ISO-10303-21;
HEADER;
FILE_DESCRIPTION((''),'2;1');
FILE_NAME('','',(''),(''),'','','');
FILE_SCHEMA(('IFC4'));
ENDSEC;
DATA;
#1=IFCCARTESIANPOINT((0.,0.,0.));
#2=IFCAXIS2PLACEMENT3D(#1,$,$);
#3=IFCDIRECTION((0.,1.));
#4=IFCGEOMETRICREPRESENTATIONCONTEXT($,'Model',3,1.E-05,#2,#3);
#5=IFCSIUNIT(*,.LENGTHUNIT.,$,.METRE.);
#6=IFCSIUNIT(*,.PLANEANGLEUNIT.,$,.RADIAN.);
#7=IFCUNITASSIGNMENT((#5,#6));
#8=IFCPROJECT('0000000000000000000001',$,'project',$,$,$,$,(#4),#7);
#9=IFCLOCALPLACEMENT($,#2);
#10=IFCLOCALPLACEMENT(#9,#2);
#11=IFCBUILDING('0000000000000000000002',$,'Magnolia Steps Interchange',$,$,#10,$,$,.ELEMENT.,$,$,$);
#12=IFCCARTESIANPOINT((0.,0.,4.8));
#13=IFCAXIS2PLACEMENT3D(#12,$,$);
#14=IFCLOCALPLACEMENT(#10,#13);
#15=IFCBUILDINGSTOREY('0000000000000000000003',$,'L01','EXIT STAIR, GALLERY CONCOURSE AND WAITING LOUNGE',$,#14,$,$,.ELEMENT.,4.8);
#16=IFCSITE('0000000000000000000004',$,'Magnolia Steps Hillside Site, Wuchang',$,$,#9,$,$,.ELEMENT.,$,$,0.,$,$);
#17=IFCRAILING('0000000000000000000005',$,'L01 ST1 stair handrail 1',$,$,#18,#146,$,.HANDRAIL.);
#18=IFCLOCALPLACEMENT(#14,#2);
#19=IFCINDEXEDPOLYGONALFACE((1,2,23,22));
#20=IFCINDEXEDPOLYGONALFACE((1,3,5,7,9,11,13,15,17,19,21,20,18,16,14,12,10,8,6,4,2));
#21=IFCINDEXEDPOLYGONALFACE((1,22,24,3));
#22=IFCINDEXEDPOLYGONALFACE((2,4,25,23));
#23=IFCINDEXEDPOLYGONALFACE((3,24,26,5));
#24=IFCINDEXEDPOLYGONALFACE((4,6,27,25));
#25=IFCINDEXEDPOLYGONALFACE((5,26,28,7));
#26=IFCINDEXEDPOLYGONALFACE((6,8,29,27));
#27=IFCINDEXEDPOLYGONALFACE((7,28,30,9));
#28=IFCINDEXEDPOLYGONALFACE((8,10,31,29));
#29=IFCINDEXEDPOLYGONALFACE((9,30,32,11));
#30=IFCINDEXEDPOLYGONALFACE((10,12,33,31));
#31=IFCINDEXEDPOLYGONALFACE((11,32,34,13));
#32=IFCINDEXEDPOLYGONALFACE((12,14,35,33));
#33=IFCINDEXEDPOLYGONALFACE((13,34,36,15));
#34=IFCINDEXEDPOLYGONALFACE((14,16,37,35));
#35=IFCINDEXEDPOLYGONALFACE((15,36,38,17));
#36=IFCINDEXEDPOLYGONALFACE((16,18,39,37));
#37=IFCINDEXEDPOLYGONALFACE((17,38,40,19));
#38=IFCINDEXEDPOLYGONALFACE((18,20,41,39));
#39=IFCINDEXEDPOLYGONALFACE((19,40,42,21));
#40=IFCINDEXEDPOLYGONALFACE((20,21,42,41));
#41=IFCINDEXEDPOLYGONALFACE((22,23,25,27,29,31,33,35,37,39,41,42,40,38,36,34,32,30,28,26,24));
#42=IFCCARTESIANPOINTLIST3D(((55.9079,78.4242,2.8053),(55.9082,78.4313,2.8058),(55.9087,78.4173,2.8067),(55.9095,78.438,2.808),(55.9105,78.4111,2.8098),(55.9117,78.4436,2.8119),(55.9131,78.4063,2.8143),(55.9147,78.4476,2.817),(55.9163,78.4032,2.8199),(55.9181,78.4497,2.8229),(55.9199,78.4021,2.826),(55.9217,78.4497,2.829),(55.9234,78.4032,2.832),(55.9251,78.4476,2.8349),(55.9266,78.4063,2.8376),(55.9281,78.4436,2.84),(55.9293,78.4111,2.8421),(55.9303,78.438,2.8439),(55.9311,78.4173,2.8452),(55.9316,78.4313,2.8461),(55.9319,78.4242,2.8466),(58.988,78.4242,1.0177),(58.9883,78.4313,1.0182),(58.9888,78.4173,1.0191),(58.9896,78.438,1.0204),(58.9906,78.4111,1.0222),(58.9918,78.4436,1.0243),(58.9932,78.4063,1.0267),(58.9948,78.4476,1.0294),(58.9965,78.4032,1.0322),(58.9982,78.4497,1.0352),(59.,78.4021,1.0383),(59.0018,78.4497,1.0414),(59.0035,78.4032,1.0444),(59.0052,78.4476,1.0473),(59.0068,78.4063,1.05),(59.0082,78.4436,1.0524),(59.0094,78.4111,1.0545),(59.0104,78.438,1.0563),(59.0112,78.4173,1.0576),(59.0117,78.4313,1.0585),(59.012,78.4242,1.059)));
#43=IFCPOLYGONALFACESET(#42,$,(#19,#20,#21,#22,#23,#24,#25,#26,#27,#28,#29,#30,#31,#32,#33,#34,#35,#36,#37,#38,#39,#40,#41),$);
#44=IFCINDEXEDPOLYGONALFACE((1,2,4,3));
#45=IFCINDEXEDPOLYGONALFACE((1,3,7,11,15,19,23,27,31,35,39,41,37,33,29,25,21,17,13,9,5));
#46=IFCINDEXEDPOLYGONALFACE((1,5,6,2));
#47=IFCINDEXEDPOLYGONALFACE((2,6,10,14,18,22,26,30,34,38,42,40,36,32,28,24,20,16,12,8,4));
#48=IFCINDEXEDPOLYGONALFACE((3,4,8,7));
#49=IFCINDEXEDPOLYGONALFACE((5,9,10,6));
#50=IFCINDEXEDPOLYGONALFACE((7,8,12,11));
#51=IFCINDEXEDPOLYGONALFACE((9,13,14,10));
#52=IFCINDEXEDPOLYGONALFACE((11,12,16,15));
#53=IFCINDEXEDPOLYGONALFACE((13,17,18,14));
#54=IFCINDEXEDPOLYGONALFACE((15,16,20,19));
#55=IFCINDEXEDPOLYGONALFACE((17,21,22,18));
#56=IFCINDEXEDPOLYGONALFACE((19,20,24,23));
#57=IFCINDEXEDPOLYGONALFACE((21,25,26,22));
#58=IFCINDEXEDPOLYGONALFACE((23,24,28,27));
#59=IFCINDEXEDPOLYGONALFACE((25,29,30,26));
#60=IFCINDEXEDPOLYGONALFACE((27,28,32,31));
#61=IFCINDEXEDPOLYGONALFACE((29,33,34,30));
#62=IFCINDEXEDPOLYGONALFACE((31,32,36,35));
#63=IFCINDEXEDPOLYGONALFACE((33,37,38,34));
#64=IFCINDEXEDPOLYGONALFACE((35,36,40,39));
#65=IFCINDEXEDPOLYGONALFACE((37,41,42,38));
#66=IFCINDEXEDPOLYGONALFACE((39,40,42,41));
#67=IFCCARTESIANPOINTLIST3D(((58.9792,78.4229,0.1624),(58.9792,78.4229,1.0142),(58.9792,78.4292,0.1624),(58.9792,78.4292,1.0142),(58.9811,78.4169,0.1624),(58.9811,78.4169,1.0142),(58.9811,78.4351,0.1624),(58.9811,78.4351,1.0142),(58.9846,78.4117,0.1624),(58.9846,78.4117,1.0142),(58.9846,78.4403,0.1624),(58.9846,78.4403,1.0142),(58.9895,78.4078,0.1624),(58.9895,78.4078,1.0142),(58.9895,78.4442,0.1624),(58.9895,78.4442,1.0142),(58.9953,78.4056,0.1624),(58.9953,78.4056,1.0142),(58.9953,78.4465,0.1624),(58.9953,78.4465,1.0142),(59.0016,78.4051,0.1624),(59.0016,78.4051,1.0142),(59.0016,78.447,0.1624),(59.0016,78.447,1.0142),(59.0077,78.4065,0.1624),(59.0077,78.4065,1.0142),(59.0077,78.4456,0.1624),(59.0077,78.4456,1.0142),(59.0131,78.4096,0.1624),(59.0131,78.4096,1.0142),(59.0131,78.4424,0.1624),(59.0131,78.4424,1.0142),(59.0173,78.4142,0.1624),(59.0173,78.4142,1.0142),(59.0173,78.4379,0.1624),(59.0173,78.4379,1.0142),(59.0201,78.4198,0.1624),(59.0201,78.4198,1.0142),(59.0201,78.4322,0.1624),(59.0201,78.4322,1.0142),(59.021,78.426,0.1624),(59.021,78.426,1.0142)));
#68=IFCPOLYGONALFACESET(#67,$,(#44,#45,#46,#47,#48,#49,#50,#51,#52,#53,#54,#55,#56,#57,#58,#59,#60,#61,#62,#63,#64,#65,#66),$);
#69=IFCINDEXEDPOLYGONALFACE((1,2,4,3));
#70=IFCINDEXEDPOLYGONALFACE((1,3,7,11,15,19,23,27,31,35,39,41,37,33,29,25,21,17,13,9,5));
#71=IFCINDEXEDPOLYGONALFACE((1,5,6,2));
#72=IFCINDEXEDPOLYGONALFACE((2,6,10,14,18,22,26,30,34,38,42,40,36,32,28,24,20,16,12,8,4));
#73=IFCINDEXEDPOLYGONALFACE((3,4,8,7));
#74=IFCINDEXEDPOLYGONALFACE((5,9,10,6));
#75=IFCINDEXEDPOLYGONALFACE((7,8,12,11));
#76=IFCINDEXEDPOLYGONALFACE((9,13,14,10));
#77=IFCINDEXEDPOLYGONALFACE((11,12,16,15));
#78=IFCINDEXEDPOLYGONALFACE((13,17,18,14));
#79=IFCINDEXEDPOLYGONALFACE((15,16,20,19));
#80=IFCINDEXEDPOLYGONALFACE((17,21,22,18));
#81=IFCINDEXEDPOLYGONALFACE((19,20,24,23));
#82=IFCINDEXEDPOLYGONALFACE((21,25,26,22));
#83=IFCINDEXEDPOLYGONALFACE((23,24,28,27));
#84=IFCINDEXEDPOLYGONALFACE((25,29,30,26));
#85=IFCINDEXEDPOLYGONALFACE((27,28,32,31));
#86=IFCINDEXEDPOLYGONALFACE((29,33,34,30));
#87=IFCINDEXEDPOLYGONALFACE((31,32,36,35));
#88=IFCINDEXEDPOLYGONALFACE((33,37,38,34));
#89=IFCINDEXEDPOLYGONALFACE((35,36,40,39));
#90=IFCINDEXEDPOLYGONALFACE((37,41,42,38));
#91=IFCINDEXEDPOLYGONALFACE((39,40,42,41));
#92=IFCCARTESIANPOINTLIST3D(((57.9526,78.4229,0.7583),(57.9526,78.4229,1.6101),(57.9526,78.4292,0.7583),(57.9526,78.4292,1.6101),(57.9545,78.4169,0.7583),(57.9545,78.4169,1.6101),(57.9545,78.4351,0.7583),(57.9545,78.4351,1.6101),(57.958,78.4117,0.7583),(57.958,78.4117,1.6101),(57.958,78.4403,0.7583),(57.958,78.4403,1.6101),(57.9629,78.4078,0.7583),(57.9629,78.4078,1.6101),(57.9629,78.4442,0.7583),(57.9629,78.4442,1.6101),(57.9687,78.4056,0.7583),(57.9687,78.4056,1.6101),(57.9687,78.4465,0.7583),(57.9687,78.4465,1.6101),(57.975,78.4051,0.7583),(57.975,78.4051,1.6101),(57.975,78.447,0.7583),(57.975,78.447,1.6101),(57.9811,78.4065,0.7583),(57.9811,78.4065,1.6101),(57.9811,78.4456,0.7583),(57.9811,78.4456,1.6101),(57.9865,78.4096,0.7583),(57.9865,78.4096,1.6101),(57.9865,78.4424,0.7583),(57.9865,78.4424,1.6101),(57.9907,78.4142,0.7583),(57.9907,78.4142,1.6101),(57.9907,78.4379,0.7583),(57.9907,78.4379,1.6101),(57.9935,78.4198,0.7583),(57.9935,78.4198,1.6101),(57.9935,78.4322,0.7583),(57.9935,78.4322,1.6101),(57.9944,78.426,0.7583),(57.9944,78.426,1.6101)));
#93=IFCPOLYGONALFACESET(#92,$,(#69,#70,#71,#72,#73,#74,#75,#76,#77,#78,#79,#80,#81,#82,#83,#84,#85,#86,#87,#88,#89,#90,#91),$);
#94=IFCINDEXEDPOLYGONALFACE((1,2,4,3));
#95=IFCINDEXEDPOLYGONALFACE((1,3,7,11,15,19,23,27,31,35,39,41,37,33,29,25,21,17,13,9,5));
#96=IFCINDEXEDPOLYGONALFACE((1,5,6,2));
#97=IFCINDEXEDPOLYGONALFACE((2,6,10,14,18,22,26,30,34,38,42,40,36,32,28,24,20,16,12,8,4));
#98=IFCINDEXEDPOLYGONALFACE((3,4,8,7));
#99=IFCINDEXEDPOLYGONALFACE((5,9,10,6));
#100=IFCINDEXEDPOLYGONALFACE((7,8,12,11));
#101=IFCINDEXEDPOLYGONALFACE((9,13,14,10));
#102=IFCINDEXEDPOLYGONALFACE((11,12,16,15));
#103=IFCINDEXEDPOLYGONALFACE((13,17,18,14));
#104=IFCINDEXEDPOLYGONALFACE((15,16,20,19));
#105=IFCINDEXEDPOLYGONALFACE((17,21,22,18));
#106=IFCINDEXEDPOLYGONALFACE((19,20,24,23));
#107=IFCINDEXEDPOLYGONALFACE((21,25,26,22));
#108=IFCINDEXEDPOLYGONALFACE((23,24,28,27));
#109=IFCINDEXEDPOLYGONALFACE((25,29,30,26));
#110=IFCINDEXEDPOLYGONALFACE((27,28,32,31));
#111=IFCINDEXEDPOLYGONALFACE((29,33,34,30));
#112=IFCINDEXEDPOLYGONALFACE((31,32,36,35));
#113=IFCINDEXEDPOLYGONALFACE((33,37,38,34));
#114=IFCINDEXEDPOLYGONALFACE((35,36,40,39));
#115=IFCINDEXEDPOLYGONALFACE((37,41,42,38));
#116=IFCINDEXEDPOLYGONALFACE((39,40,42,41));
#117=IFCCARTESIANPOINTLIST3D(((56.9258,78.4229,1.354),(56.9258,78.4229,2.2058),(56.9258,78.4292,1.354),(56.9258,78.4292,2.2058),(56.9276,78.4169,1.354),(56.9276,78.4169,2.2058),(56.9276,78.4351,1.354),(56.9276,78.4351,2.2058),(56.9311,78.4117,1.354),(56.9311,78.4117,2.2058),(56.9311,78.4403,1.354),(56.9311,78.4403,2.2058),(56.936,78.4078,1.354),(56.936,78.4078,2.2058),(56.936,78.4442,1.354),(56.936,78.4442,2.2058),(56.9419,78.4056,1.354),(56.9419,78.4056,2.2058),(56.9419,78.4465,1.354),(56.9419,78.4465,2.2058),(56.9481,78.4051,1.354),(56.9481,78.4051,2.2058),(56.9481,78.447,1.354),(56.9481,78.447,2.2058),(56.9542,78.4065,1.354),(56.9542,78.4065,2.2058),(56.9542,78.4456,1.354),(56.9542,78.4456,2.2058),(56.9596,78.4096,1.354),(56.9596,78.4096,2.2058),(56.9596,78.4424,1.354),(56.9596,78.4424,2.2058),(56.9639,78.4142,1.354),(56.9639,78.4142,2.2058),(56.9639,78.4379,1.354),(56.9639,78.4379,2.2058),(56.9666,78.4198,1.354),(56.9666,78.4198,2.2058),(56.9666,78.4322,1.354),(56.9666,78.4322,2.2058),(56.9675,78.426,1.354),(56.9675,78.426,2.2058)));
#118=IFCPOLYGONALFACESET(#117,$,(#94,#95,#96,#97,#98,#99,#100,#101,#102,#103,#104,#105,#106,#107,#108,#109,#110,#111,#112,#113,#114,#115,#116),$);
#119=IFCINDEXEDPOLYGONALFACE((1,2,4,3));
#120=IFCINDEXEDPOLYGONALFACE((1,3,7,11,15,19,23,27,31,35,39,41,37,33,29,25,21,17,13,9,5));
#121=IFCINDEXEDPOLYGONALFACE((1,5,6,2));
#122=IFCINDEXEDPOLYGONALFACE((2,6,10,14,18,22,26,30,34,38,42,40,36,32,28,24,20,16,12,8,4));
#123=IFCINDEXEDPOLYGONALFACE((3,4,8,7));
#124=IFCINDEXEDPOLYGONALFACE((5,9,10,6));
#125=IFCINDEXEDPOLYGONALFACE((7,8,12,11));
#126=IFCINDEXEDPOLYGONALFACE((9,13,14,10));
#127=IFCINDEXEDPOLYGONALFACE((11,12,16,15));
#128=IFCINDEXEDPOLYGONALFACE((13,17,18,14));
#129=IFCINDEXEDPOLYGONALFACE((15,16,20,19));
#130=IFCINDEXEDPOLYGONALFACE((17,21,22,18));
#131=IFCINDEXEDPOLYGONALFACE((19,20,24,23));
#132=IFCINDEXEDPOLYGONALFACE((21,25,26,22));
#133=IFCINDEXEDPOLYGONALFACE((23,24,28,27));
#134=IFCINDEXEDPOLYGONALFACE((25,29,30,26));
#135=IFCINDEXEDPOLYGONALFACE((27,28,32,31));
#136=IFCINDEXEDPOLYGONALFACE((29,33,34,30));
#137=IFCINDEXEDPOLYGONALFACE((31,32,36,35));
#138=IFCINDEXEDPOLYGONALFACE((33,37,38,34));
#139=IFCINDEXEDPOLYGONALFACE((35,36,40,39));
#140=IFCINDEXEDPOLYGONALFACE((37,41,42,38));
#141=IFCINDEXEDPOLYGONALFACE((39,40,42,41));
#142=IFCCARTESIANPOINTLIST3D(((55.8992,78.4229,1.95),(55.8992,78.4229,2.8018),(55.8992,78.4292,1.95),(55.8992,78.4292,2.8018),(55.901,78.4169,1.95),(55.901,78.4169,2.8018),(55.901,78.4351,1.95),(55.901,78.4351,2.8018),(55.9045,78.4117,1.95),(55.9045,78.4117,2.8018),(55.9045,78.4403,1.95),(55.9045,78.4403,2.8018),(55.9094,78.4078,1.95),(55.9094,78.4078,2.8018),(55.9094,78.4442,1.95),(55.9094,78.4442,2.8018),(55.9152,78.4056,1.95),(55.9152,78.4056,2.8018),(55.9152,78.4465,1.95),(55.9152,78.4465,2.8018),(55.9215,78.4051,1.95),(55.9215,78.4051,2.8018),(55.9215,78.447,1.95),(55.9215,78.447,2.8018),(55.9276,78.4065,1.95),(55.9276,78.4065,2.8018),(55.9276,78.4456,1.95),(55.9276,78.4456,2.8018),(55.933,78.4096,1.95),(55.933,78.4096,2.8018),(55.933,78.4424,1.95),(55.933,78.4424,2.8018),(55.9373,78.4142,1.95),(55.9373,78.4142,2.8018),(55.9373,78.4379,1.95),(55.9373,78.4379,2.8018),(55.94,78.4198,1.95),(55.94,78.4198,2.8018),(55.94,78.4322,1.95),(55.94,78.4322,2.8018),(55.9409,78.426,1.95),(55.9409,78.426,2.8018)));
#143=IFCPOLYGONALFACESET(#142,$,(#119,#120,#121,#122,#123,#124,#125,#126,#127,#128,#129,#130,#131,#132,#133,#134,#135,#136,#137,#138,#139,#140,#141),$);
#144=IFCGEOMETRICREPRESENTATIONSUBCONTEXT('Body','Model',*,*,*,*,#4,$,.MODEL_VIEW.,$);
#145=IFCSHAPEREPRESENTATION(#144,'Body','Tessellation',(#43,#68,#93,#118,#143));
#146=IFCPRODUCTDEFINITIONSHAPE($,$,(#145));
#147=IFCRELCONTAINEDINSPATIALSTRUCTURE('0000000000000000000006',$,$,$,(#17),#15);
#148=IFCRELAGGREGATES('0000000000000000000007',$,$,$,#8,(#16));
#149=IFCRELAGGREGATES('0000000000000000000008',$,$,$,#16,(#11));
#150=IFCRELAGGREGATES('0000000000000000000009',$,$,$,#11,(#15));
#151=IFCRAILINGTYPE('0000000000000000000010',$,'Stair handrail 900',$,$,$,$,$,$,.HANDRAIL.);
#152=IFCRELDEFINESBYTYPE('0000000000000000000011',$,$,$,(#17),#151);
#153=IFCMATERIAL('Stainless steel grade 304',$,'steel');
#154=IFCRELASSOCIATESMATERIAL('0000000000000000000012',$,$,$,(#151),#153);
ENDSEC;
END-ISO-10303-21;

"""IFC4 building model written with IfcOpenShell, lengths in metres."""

from ifc_helpers import new_model, si_unit, direction, frame, origin, origin_2d, place, context, subcontext, project, spatial, circle, extrude, material, type_object, element, save


model = new_model("IFC4")

# Units and contexts
model_context = context("Model", 3, precision=1e-05, world=origin(), true_north=direction((0.0, 1.0)))
body_context = subcontext(model_context, "Body", "Model", "MODEL_VIEW")
ifc_project = project(units=[si_unit("LENGTHUNIT", "METRE"), si_unit("PLANEANGLEUNIT", "RADIAN")], contexts=[model_context])

# Site, building, storey
site_placement = place(None, origin())
site = spatial("IfcSite", under=ifc_project, at=site_placement, Name="Magnolia Steps Hillside Site, Wuchang", CompositionType="ELEMENT", RefElevation=0.0)
building_placement = place(site_placement, origin())
building = spatial("IfcBuilding", under=site, at=building_placement, Name="Magnolia Steps Interchange", CompositionType="ELEMENT")
storey_placement = place(building_placement, frame((0.0, 0.0, 4.8)))
storey = spatial("IfcBuildingStorey", under=building, at=storey_placement, Name="L01", Description="EXIT STAIR, GALLERY CONCOURSE AND WAITING LOUNGE", CompositionType="ELEMENT", Elevation=4.8)

# Railing
ifc_material_1 = material(Name="Stainless steel grade 304", Category="steel")
railing_type_1 = type_object("IfcRailingType", Name="Stair handrail 900", PredefinedType="HANDRAIL", material=ifc_material_1)
railing_1_placement = place(storey_placement, frame((59.0, 78.426, 0.1624)))
element("IfcRailing", 1, at=railing_1_placement, inside=storey, type_object=railing_type_1, Name="L01 ST1 stair handrail 1", PredefinedType="HANDRAIL", context=body_context, shape_type="SweptSolid", body=[
    extrude(circle(Radius=0.0239, at=origin_2d()), frame((0.0, 0.0, 0.876), z_axis=(-0.864891, 0.0, 0.50196), x_axis=(0.0, -1.0, 0.0)), (0.0, 0.0, 1.0), 3.5613),
    extrude(circle(Radius=0.021, at=origin_2d()), origin(), (0.0, 0.0, 1.0), 0.8518),
    extrude(circle(Radius=0.021, at=origin_2d()), frame((-1.0266, 0.0, 0.5959)), (0.0, 0.0, 1.0), 0.8518),
    extrude(circle(Radius=0.021, at=origin_2d()), frame((-2.0535, 0.0, 1.1917)), (0.0, 0.0, 1.0), 0.8518),
    extrude(circle(Radius=0.021, at=origin_2d()), frame((-3.0801, 0.0, 1.7876)), (0.0, 0.0, 1.0), 0.8518),
])

save(model, "model.ifc")
